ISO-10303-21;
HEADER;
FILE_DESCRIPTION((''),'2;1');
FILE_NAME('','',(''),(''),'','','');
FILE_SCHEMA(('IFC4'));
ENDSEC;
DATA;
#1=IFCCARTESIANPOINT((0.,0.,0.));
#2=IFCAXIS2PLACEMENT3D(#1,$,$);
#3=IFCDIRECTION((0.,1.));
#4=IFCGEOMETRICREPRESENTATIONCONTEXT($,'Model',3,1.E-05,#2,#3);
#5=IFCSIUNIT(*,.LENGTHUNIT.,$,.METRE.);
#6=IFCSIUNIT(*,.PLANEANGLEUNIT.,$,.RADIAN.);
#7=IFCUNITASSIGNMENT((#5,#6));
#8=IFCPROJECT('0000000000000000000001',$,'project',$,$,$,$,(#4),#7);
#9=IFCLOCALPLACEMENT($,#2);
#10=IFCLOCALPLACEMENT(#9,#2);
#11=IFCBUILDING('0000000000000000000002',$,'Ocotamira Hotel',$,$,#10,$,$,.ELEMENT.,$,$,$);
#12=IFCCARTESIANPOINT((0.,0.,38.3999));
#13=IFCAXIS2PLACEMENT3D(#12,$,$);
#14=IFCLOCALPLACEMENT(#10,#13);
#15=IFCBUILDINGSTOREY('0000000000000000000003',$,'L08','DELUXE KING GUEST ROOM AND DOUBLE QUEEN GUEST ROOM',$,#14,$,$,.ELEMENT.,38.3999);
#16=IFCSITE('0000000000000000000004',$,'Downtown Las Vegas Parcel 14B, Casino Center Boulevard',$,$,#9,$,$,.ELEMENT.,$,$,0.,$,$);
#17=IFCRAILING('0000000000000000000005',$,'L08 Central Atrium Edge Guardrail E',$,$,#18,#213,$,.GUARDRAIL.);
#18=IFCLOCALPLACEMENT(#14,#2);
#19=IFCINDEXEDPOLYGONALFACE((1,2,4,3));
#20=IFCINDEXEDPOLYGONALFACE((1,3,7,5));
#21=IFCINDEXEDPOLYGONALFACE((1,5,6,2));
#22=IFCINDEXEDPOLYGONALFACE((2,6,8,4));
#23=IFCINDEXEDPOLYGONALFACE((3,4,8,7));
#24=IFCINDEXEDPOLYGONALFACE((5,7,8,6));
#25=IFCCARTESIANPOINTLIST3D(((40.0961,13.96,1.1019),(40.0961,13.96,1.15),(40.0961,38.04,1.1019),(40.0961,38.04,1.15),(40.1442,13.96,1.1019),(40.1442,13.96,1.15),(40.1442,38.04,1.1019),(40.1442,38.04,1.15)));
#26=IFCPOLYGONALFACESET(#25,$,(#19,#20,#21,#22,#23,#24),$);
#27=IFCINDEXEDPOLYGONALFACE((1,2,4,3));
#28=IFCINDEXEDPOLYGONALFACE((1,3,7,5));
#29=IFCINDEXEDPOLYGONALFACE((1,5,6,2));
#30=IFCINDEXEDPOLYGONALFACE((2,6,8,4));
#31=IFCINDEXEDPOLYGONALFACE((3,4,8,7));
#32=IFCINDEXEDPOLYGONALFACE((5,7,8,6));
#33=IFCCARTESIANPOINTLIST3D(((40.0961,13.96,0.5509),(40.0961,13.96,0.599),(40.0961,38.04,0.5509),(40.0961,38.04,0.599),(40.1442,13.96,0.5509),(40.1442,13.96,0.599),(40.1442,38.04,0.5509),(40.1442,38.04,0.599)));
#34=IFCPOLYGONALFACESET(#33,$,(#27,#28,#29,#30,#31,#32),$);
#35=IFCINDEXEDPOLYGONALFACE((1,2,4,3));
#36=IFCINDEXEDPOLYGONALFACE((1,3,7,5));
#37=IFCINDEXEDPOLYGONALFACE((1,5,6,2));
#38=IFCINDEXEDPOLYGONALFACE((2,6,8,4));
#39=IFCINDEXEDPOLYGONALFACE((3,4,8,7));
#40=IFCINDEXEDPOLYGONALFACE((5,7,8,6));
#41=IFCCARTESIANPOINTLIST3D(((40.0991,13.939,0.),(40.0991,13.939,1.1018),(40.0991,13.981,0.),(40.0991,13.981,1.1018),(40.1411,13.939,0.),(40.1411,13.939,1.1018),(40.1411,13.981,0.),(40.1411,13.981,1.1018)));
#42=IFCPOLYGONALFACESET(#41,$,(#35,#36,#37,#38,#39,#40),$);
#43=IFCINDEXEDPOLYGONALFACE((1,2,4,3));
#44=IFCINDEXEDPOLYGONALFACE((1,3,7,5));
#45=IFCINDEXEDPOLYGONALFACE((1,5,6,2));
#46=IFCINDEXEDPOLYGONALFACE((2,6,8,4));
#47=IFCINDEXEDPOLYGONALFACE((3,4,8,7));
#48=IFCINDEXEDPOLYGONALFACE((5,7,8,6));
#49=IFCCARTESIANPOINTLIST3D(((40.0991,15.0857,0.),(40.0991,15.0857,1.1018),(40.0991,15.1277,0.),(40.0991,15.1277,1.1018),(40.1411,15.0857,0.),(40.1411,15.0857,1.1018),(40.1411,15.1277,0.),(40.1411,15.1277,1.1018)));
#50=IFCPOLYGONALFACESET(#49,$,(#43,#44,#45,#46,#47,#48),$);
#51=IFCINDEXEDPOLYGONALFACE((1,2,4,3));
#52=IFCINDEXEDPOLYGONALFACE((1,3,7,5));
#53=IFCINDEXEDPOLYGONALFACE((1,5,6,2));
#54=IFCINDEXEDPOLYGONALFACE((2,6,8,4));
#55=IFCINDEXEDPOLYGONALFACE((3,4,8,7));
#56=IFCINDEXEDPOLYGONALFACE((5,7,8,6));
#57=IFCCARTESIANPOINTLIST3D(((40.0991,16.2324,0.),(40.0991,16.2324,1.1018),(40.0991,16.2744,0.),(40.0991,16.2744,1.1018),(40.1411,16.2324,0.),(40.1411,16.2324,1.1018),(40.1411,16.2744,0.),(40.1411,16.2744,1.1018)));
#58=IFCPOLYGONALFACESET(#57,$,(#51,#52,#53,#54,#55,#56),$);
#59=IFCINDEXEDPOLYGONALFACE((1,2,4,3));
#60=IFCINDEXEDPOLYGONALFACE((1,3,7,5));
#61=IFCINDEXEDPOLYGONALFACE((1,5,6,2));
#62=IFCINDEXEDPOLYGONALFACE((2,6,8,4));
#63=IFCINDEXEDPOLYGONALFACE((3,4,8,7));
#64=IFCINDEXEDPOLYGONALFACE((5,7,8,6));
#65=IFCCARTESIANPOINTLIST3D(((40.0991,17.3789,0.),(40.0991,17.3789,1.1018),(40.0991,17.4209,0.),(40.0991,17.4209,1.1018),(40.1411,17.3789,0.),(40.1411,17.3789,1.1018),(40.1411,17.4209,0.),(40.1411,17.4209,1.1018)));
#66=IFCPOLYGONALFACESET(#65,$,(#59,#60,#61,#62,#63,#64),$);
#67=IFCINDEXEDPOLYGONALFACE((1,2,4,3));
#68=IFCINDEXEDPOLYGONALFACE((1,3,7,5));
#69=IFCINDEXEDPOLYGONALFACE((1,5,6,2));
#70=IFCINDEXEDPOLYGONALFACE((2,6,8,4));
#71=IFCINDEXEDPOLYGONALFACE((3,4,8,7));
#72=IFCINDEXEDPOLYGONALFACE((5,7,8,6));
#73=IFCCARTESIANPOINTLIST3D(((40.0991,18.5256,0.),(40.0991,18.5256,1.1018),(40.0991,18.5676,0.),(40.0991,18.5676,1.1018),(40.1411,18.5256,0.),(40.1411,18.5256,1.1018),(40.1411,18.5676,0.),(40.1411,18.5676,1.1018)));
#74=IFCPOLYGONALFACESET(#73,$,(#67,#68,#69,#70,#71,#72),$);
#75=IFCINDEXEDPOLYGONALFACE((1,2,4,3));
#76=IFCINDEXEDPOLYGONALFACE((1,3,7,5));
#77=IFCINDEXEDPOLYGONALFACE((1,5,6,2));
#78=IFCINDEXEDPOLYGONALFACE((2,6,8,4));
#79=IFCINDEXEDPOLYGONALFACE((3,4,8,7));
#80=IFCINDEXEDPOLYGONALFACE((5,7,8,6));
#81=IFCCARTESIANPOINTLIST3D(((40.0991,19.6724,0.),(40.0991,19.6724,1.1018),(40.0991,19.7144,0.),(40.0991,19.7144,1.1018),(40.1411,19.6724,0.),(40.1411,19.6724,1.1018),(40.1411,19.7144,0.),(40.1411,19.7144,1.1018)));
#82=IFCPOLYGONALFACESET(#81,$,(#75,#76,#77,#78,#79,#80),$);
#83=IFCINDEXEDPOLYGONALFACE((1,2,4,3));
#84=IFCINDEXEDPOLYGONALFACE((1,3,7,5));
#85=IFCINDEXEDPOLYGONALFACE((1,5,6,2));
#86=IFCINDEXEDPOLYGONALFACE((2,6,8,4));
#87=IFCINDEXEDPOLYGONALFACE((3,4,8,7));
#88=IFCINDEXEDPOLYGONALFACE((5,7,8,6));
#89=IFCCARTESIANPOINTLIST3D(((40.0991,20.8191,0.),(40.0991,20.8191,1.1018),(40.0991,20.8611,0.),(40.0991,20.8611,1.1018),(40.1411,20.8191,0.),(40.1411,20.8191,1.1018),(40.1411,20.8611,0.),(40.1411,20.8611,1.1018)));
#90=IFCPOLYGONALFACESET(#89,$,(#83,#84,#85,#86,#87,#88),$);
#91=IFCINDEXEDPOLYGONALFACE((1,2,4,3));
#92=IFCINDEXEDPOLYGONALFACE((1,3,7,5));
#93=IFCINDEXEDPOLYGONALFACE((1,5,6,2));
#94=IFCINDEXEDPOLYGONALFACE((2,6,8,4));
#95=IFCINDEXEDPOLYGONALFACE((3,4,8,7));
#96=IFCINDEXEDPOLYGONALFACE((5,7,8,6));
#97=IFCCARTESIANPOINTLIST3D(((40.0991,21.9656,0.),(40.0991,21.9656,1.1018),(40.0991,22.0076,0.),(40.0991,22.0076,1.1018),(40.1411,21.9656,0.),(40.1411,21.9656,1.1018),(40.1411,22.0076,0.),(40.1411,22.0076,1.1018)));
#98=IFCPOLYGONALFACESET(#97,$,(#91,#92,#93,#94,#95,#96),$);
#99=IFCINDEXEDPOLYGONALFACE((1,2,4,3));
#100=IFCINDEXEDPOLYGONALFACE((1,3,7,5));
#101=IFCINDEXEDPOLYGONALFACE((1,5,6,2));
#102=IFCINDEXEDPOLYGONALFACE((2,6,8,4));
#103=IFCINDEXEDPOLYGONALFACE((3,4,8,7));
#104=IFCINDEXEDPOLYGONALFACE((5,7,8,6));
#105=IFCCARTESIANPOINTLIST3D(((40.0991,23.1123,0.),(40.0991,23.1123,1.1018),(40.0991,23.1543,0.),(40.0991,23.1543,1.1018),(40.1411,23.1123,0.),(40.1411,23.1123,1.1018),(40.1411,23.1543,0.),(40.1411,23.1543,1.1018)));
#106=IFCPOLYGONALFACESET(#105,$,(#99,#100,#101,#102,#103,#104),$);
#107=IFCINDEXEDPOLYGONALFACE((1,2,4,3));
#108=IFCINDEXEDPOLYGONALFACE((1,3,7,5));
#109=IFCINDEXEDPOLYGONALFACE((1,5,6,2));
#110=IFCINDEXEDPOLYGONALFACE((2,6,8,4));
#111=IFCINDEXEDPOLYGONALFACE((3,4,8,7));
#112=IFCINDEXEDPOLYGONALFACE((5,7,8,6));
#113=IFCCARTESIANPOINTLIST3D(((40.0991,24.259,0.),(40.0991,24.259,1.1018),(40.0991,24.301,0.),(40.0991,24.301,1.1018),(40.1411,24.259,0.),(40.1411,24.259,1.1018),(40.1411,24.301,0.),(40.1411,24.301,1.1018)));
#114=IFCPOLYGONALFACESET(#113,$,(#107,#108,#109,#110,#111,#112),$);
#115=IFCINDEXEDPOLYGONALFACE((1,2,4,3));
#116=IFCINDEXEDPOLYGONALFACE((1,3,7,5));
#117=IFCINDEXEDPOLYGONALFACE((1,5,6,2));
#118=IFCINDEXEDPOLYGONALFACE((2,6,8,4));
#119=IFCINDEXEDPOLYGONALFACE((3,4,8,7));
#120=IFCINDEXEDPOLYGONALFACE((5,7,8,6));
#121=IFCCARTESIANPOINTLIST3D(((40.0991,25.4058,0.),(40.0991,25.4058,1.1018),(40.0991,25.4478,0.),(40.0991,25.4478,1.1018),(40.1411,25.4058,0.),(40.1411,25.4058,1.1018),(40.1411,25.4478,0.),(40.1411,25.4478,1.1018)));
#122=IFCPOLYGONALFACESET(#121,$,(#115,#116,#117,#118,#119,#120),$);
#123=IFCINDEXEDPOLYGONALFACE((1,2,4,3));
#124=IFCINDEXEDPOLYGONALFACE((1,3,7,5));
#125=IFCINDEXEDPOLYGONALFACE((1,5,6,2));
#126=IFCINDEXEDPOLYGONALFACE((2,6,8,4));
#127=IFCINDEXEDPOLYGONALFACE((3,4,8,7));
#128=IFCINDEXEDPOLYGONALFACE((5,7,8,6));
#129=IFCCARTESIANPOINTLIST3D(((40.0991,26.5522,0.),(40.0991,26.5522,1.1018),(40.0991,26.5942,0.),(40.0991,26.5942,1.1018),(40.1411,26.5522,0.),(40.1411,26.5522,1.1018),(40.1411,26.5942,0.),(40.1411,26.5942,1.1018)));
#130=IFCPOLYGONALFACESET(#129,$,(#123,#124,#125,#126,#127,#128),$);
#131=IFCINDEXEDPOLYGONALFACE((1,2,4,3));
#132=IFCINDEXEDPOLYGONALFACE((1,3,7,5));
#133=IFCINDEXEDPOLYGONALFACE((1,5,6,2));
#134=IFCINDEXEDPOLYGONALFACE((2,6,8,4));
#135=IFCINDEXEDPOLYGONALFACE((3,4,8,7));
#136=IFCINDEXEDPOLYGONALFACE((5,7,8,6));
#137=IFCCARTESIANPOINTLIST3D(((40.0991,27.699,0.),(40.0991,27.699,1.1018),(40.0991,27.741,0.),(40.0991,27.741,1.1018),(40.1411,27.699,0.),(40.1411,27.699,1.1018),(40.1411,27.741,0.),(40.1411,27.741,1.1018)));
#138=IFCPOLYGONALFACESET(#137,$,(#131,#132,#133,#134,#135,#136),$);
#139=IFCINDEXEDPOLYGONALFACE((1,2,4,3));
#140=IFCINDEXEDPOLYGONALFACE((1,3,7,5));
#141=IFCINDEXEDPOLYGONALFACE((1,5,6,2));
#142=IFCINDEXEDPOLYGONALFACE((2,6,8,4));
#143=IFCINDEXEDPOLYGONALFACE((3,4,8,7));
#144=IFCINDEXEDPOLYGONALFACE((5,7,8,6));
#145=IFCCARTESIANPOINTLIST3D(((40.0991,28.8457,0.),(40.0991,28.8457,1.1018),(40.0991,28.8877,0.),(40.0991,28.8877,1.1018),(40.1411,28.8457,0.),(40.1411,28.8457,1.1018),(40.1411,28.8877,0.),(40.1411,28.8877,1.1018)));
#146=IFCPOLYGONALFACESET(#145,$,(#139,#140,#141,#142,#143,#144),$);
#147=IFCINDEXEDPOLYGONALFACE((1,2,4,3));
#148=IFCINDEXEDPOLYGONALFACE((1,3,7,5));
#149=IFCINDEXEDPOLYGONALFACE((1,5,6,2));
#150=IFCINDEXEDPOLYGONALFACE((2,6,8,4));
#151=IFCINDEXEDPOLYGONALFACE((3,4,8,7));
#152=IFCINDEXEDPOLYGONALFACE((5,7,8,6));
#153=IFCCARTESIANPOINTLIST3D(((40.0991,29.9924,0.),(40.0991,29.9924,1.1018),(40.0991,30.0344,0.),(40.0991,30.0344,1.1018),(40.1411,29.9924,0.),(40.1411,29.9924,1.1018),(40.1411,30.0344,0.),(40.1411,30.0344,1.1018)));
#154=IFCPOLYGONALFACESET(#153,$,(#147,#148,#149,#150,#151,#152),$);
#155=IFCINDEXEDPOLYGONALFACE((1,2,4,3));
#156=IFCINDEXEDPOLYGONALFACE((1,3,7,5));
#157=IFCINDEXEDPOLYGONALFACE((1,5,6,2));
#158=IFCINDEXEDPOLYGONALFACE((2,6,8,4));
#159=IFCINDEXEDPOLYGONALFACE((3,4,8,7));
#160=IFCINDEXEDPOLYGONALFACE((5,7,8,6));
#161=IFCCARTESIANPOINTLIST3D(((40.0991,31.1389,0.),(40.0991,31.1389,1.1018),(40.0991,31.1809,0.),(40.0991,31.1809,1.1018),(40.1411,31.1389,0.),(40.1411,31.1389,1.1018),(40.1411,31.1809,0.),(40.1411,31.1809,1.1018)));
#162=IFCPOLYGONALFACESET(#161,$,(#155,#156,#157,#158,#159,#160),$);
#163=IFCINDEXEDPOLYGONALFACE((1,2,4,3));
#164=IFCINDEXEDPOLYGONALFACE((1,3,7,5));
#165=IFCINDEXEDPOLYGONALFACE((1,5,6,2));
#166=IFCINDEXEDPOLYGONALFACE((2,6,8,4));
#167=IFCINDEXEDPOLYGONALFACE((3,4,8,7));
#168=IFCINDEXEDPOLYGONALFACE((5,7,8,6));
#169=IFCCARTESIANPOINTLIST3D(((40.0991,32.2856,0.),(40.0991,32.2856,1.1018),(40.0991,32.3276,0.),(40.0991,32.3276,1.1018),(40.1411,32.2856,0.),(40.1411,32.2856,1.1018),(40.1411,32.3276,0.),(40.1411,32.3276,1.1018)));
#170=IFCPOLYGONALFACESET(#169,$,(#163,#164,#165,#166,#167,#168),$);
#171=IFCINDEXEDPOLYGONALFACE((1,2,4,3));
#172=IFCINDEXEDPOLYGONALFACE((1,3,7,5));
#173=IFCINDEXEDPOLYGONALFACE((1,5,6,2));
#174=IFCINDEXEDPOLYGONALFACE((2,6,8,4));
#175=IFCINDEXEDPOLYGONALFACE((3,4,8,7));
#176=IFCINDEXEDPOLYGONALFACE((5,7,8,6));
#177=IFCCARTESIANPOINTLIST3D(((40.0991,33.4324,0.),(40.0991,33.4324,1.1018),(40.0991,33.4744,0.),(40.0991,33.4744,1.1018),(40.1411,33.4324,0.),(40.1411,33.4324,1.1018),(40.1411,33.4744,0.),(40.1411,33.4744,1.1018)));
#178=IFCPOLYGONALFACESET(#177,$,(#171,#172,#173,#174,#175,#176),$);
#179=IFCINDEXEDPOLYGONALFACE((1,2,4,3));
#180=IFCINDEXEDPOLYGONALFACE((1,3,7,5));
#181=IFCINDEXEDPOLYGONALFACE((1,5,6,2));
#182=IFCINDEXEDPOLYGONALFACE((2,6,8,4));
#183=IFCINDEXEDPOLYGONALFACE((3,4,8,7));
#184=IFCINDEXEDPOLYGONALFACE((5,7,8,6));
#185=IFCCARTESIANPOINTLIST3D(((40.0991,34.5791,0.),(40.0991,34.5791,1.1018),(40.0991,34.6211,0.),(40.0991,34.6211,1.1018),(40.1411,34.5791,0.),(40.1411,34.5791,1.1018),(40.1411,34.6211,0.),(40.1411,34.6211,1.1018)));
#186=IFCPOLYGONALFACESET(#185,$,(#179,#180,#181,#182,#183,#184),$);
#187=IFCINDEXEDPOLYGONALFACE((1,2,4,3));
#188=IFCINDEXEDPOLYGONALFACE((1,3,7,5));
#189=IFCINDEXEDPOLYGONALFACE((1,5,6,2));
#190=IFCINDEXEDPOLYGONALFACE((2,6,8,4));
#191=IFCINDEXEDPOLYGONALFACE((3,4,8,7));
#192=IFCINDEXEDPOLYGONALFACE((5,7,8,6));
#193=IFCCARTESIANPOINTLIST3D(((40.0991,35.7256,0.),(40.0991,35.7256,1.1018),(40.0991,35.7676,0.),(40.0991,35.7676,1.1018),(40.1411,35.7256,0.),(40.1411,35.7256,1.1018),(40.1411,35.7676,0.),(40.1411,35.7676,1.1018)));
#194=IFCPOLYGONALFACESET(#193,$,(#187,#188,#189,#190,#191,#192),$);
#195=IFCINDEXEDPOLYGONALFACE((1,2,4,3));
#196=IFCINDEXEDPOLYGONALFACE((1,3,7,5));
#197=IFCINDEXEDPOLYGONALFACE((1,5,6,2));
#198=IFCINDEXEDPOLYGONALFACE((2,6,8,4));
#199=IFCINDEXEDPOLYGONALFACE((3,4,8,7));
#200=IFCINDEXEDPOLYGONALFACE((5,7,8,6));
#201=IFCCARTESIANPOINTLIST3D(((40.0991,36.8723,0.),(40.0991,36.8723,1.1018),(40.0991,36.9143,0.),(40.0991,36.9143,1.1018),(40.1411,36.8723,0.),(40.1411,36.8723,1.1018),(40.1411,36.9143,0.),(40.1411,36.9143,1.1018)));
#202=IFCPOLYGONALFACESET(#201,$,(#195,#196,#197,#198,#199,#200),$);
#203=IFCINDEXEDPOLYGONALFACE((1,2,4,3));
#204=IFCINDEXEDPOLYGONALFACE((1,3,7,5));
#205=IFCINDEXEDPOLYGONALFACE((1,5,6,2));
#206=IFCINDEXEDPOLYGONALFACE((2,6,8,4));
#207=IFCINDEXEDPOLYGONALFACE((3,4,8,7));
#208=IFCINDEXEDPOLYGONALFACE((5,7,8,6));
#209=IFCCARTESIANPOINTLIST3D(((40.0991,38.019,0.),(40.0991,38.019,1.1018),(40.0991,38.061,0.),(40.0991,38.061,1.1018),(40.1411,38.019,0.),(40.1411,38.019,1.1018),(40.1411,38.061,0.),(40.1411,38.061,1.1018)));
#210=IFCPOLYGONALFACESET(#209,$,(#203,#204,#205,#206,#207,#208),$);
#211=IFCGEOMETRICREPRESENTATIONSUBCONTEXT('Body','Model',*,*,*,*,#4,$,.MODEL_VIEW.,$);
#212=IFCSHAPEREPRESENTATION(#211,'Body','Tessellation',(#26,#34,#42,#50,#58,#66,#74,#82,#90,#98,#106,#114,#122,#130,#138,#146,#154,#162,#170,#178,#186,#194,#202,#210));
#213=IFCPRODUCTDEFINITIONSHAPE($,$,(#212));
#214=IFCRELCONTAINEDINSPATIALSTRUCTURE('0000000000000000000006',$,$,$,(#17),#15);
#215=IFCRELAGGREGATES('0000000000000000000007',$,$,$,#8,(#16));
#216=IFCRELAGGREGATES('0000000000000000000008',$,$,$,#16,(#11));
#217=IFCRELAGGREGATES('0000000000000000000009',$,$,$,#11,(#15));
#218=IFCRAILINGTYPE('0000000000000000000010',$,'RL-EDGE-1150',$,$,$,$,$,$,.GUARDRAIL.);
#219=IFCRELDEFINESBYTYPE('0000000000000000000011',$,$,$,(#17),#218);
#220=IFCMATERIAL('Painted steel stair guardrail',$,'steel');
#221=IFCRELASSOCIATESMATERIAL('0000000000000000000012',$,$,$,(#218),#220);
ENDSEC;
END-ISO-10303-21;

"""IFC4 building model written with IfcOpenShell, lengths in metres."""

from ifc_helpers import new_model, si_unit, direction, frame, origin, origin_2d, place, context, subcontext, project, spatial, rectangle, extrude, material, type_object, element, save


model = new_model("IFC4")

# Units and contexts
model_context = context("Model", 3, precision=1e-05, world=origin(), true_north=direction((0.0, 1.0)))
body_context = subcontext(model_context, "Body", "Model", "MODEL_VIEW")
ifc_project = project(units=[si_unit("LENGTHUNIT", "METRE"), si_unit("PLANEANGLEUNIT", "RADIAN")], contexts=[model_context])

# Site, building, storey
site_placement = place(None, origin())
site = spatial("IfcSite", under=ifc_project, at=site_placement, Name="Downtown Las Vegas Parcel 14B, Casino Center Boulevard", CompositionType="ELEMENT", RefElevation=0.0)
building_placement = place(site_placement, origin())
building = spatial("IfcBuilding", under=site, at=building_placement, Name="Ocotamira Hotel", CompositionType="ELEMENT")
storey_placement = place(building_placement, frame((0.0, 0.0, 38.3999)))
storey = spatial("IfcBuildingStorey", under=building, at=storey_placement, Name="L08", Description="DELUXE KING GUEST ROOM AND DOUBLE QUEEN GUEST ROOM", CompositionType="ELEMENT", Elevation=38.3999)

# Railing
ifc_material_1 = material(Name="Painted steel stair guardrail", Category="steel")
railing_type = type_object("IfcRailingType", Name="RL-EDGE-1150", PredefinedType="GUARDRAIL", material=ifc_material_1)
railing_placement = place(storey_placement, frame((40.1201, 13.96, 0.0)))
element("IfcRailing", 1, at=railing_placement, inside=storey, type_object=railing_type, Name="L08 Central Atrium Edge Guardrail E", PredefinedType="GUARDRAIL", context=body_context, shape_type="SweptSolid", body=[
    extrude(rectangle(XDim=0.0481, YDim=0.0481, at=origin_2d()), frame((0.0, 0.0, 1.126), z_axis=(0.0, 1.0, 0.0), x_axis=(-1.0, 0.0, 0.0)), (0.0, 0.0, 1.0), 24.0801),
    extrude(rectangle(XDim=0.0481, YDim=0.0481, at=origin_2d()), frame((0.0, 0.0, 0.575), z_axis=(0.0, 1.0, 0.0), x_axis=(-1.0, 0.0, 0.0)), (0.0, 0.0, 1.0), 24.0801),
    extrude(rectangle(XDim=0.042, YDim=0.042, at=origin_2d()), origin(), (0.0, 0.0, 1.0), 1.1018),
    extrude(rectangle(XDim=0.042, YDim=0.042, at=origin_2d()), frame((0.0, 1.1467, 0.0)), (0.0, 0.0, 1.0), 1.1018),
    extrude(rectangle(XDim=0.042, YDim=0.042, at=origin_2d()), frame((0.0, 2.2935, 0.0)), (0.0, 0.0, 1.0), 1.1018),
    extrude(rectangle(XDim=0.042, YDim=0.042, at=origin_2d()), frame((0.0, 3.4399, 0.0)), (0.0, 0.0, 1.0), 1.1018),
    extrude(rectangle(XDim=0.042, YDim=0.042, at=origin_2d()), frame((0.0, 4.5867, 0.0)), (0.0, 0.0, 1.0), 1.1018),
    extrude(rectangle(XDim=0.042, YDim=0.042, at=origin_2d()), frame((0.0, 5.7334, 0.0)), (0.0, 0.0, 1.0), 1.1018),
    extrude(rectangle(XDim=0.042, YDim=0.042, at=origin_2d()), frame((0.0, 6.8801, 0.0)), (0.0, 0.0, 1.0), 1.1018),
    extrude(rectangle(XDim=0.042, YDim=0.042, at=origin_2d()), frame((0.0, 8.0266, 0.0)), (0.0, 0.0, 1.0), 1.1018),
    extrude(rectangle(XDim=0.042, YDim=0.042, at=origin_2d()), frame((0.0, 9.1733, 0.0)), (0.0, 0.0, 1.0), 1.1018),
    extrude(rectangle(XDim=0.042, YDim=0.042, at=origin_2d()), frame((0.0, 10.3201, 0.0)), (0.0, 0.0, 1.0), 1.1018),
    extrude(rectangle(XDim=0.042, YDim=0.042, at=origin_2d()), frame((0.0, 11.4668, 0.0)), (0.0, 0.0, 1.0), 1.1018),
    extrude(rectangle(XDim=0.042, YDim=0.042, at=origin_2d()), frame((0.0, 12.6133, 0.0)), (0.0, 0.0, 1.0), 1.1018),
    extrude(rectangle(XDim=0.042, YDim=0.042, at=origin_2d()), frame((0.0, 13.76, 0.0)), (0.0, 0.0, 1.0), 1.1018),
    extrude(rectangle(XDim=0.042, YDim=0.042, at=origin_2d()), frame((0.0, 14.9067, 0.0)), (0.0, 0.0, 1.0), 1.1018),
    extrude(rectangle(XDim=0.042, YDim=0.042, at=origin_2d()), frame((0.0, 16.0535, 0.0)), (0.0, 0.0, 1.0), 1.1018),
    extrude(rectangle(XDim=0.042, YDim=0.042, at=origin_2d()), frame((0.0, 17.2, 0.0)), (0.0, 0.0, 1.0), 1.1018),
    extrude(rectangle(XDim=0.042, YDim=0.042, at=origin_2d()), frame((0.0, 18.3467, 0.0)), (0.0, 0.0, 1.0), 1.1018),
    extrude(rectangle(XDim=0.042, YDim=0.042, at=origin_2d()), frame((0.0, 19.4934, 0.0)), (0.0, 0.0, 1.0), 1.1018),
    extrude(rectangle(XDim=0.042, YDim=0.042, at=origin_2d()), frame((0.0, 20.6401, 0.0)), (0.0, 0.0, 1.0), 1.1018),
    extrude(rectangle(XDim=0.042, YDim=0.042, at=origin_2d()), frame((0.0, 21.7866, 0.0)), (0.0, 0.0, 1.0), 1.1018),
    extrude(rectangle(XDim=0.042, YDim=0.042, at=origin_2d()), frame((0.0, 22.9333, 0.0)), (0.0, 0.0, 1.0), 1.1018),
    extrude(rectangle(XDim=0.042, YDim=0.042, at=origin_2d()), frame((0.0, 24.0801, 0.0)), (0.0, 0.0, 1.0), 1.1018),
])

save(model, "model.ifc")
